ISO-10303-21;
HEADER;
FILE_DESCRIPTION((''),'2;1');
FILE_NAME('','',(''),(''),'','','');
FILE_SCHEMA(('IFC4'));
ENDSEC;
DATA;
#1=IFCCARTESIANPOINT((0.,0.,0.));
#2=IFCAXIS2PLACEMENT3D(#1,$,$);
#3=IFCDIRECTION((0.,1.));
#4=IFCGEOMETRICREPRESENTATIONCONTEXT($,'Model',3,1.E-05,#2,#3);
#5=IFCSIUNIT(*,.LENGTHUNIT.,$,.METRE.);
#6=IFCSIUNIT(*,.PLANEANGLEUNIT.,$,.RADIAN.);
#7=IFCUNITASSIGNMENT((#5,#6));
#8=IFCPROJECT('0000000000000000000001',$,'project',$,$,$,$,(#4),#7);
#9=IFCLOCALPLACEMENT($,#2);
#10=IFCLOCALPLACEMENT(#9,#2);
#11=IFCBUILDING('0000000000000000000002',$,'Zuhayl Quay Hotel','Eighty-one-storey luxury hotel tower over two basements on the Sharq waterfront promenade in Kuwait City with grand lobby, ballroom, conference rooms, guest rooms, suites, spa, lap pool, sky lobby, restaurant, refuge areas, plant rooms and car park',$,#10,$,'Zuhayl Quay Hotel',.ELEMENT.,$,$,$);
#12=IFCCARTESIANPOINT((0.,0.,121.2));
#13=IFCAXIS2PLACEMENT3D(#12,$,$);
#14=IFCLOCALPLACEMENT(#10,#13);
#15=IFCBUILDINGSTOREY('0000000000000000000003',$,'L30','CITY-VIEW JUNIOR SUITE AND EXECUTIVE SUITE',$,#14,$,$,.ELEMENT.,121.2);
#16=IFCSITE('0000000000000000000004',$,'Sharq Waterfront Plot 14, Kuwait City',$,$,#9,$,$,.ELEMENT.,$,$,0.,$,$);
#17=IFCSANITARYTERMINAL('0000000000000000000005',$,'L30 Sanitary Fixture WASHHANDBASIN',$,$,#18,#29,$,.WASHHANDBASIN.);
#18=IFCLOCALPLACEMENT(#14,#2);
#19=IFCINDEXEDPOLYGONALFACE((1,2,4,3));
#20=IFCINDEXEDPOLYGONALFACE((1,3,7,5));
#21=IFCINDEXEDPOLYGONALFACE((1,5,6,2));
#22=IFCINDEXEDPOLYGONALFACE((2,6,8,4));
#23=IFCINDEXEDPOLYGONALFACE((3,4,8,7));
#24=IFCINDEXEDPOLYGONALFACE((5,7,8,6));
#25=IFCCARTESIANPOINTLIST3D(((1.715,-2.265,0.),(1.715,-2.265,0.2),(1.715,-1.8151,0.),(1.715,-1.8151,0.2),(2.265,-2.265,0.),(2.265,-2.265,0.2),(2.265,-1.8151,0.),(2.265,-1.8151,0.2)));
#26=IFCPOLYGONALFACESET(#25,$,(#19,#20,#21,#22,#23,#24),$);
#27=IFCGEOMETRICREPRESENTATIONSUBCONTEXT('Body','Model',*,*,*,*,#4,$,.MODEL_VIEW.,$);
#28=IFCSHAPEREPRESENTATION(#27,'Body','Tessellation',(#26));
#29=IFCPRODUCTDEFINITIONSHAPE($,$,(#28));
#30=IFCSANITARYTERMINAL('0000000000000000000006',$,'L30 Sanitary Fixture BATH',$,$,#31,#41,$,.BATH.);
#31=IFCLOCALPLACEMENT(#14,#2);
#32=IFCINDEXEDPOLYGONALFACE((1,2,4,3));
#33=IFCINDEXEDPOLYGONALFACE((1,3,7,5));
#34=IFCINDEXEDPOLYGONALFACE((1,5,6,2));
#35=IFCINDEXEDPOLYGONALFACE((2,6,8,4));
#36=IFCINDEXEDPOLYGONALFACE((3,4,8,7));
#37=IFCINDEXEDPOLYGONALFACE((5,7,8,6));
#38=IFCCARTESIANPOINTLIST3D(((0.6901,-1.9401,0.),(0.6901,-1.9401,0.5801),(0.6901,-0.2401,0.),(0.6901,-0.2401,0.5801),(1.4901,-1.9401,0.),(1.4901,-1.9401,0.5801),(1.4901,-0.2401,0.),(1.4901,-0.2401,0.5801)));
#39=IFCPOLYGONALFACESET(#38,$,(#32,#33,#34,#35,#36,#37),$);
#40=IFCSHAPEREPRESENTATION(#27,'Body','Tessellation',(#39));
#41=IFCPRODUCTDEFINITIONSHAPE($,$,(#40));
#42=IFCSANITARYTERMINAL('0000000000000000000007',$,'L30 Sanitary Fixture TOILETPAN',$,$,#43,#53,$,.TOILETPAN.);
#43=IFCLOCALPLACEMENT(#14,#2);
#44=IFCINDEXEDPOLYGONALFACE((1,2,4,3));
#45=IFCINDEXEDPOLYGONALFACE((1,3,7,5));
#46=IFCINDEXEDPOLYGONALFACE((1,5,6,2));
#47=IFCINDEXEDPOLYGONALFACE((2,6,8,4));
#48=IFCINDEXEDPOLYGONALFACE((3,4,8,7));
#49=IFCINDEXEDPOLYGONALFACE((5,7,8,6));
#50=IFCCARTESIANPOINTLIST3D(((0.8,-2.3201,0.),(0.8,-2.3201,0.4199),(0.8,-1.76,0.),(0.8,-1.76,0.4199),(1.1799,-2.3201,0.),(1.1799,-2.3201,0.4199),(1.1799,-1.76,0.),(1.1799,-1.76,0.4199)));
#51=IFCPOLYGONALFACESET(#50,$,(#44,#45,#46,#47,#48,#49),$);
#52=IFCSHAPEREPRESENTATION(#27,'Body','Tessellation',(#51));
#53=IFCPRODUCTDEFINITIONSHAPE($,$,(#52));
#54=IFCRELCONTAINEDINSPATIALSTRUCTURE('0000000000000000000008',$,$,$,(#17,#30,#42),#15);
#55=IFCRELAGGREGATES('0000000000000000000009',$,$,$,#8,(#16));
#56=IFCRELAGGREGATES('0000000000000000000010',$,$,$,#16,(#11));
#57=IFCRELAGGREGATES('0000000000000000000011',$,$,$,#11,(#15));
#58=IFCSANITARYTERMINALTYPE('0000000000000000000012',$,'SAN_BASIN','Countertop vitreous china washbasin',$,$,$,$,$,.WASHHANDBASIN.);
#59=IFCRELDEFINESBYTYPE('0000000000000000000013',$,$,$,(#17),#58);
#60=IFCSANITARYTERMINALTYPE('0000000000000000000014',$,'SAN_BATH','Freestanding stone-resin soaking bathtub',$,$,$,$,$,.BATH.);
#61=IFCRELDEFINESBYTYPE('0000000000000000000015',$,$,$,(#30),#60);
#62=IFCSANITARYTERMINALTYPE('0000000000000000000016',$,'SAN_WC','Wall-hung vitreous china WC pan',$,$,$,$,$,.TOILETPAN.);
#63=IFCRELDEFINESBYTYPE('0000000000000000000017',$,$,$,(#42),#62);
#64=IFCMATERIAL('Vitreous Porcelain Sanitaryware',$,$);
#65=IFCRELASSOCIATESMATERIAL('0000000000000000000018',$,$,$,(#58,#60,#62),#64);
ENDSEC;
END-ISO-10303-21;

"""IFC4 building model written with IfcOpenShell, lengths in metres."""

from ifc_helpers import new_model, si_unit, direction, frame, origin, origin_2d, place, context, subcontext, project, spatial, rectangle, extrude, material, type_object, element, save


model = new_model("IFC4")

# Units and contexts
model_context = context("Model", 3, precision=1e-05, world=origin(), true_north=direction((0.0, 1.0)))
body_context = subcontext(model_context, "Body", "Model", "MODEL_VIEW")
ifc_project = project(units=[si_unit("LENGTHUNIT", "METRE"), si_unit("PLANEANGLEUNIT", "RADIAN")], contexts=[model_context])

# Site, building, storey
site_placement = place(None, origin())
site = spatial("IfcSite", under=ifc_project, at=site_placement, Name="Sharq Waterfront Plot 14, Kuwait City", CompositionType="ELEMENT", RefElevation=0.0)
building_placement = place(site_placement, origin())
building = spatial("IfcBuilding", under=site, at=building_placement, Name="Zuhayl Quay Hotel", Description="Eighty-one-storey luxury hotel tower over two basements on the Sharq waterfront promenade in Kuwait City with grand lobby, ballroom, conference rooms, guest rooms, suites, spa, lap pool, sky lobby, restaurant, refuge areas, plant rooms and car park", LongName="Zuhayl Quay Hotel", CompositionType="ELEMENT")
storey_placement = place(building_placement, frame((0.0, 0.0, 121.2)))
storey = spatial("IfcBuildingStorey", under=building, at=storey_placement, Name="L30", Description="CITY-VIEW JUNIOR SUITE AND EXECUTIVE SUITE", CompositionType="ELEMENT", Elevation=121.2)

# Sanitary terminals
ifc_material_1 = material(Name="Vitreous Porcelain Sanitaryware")
sanitary_terminal_type_1 = type_object("IfcSanitaryTerminalType", Name="SAN_BASIN", Description="Countertop vitreous china washbasin", PredefinedType="WASHHANDBASIN", material=ifc_material_1)
sanitary_terminal_1_placement = place(storey_placement, frame((1.99, -2.04, 0.0), z_axis=(0.0, 0.0, 1.0), x_axis=(1.0, 0.0, 0.0)))
element("IfcSanitaryTerminal", 1, at=sanitary_terminal_1_placement, inside=storey, type_object=sanitary_terminal_type_1, Name="L30 Sanitary Fixture WASHHANDBASIN", PredefinedType="WASHHANDBASIN", context=body_context, shape_type="SweptSolid", body=[
    extrude(rectangle(XDim=0.55, YDim=0.45, at=origin_2d()), origin(), (0.0, 0.0, 1.0), 0.2),
])
sanitary_terminal_type_2 = type_object("IfcSanitaryTerminalType", Name="SAN_BATH", Description="Freestanding stone-resin soaking bathtub", PredefinedType="BATH", material=ifc_material_1)
sanitary_terminal_2_placement = place(storey_placement, frame((1.0901, -1.0901, 0.0), z_axis=(0.0, 0.0, 1.0), x_axis=(1.0, 0.0, 0.0)))
element("IfcSanitaryTerminal", 2, at=sanitary_terminal_2_placement, inside=storey, type_object=sanitary_terminal_type_2, Name="L30 Sanitary Fixture BATH", PredefinedType="BATH", context=body_context, shape_type="SweptSolid", body=[
    extrude(rectangle(XDim=0.8, YDim=1.7, at=origin_2d()), origin(), (0.0, 0.0, 1.0), 0.5801),
])
sanitary_terminal_type_3 = type_object("IfcSanitaryTerminalType", Name="SAN_WC", Description="Wall-hung vitreous china WC pan", PredefinedType="TOILETPAN", material=ifc_material_1)
sanitary_terminal_3_placement = place(storey_placement, frame((0.99, -2.04, 0.0), z_axis=(0.0, 0.0, 1.0), x_axis=(1.0, 0.0, 0.0)))
element("IfcSanitaryTerminal", 3, at=sanitary_terminal_3_placement, inside=storey, type_object=sanitary_terminal_type_3, Name="L30 Sanitary Fixture TOILETPAN", PredefinedType="TOILETPAN", context=body_context, shape_type="SweptSolid", body=[
    extrude(rectangle(XDim=0.3799, YDim=0.5601, at=origin_2d()), origin(), (0.0, 0.0, 1.0), 0.4199),
])

save(model, "model.ifc")
